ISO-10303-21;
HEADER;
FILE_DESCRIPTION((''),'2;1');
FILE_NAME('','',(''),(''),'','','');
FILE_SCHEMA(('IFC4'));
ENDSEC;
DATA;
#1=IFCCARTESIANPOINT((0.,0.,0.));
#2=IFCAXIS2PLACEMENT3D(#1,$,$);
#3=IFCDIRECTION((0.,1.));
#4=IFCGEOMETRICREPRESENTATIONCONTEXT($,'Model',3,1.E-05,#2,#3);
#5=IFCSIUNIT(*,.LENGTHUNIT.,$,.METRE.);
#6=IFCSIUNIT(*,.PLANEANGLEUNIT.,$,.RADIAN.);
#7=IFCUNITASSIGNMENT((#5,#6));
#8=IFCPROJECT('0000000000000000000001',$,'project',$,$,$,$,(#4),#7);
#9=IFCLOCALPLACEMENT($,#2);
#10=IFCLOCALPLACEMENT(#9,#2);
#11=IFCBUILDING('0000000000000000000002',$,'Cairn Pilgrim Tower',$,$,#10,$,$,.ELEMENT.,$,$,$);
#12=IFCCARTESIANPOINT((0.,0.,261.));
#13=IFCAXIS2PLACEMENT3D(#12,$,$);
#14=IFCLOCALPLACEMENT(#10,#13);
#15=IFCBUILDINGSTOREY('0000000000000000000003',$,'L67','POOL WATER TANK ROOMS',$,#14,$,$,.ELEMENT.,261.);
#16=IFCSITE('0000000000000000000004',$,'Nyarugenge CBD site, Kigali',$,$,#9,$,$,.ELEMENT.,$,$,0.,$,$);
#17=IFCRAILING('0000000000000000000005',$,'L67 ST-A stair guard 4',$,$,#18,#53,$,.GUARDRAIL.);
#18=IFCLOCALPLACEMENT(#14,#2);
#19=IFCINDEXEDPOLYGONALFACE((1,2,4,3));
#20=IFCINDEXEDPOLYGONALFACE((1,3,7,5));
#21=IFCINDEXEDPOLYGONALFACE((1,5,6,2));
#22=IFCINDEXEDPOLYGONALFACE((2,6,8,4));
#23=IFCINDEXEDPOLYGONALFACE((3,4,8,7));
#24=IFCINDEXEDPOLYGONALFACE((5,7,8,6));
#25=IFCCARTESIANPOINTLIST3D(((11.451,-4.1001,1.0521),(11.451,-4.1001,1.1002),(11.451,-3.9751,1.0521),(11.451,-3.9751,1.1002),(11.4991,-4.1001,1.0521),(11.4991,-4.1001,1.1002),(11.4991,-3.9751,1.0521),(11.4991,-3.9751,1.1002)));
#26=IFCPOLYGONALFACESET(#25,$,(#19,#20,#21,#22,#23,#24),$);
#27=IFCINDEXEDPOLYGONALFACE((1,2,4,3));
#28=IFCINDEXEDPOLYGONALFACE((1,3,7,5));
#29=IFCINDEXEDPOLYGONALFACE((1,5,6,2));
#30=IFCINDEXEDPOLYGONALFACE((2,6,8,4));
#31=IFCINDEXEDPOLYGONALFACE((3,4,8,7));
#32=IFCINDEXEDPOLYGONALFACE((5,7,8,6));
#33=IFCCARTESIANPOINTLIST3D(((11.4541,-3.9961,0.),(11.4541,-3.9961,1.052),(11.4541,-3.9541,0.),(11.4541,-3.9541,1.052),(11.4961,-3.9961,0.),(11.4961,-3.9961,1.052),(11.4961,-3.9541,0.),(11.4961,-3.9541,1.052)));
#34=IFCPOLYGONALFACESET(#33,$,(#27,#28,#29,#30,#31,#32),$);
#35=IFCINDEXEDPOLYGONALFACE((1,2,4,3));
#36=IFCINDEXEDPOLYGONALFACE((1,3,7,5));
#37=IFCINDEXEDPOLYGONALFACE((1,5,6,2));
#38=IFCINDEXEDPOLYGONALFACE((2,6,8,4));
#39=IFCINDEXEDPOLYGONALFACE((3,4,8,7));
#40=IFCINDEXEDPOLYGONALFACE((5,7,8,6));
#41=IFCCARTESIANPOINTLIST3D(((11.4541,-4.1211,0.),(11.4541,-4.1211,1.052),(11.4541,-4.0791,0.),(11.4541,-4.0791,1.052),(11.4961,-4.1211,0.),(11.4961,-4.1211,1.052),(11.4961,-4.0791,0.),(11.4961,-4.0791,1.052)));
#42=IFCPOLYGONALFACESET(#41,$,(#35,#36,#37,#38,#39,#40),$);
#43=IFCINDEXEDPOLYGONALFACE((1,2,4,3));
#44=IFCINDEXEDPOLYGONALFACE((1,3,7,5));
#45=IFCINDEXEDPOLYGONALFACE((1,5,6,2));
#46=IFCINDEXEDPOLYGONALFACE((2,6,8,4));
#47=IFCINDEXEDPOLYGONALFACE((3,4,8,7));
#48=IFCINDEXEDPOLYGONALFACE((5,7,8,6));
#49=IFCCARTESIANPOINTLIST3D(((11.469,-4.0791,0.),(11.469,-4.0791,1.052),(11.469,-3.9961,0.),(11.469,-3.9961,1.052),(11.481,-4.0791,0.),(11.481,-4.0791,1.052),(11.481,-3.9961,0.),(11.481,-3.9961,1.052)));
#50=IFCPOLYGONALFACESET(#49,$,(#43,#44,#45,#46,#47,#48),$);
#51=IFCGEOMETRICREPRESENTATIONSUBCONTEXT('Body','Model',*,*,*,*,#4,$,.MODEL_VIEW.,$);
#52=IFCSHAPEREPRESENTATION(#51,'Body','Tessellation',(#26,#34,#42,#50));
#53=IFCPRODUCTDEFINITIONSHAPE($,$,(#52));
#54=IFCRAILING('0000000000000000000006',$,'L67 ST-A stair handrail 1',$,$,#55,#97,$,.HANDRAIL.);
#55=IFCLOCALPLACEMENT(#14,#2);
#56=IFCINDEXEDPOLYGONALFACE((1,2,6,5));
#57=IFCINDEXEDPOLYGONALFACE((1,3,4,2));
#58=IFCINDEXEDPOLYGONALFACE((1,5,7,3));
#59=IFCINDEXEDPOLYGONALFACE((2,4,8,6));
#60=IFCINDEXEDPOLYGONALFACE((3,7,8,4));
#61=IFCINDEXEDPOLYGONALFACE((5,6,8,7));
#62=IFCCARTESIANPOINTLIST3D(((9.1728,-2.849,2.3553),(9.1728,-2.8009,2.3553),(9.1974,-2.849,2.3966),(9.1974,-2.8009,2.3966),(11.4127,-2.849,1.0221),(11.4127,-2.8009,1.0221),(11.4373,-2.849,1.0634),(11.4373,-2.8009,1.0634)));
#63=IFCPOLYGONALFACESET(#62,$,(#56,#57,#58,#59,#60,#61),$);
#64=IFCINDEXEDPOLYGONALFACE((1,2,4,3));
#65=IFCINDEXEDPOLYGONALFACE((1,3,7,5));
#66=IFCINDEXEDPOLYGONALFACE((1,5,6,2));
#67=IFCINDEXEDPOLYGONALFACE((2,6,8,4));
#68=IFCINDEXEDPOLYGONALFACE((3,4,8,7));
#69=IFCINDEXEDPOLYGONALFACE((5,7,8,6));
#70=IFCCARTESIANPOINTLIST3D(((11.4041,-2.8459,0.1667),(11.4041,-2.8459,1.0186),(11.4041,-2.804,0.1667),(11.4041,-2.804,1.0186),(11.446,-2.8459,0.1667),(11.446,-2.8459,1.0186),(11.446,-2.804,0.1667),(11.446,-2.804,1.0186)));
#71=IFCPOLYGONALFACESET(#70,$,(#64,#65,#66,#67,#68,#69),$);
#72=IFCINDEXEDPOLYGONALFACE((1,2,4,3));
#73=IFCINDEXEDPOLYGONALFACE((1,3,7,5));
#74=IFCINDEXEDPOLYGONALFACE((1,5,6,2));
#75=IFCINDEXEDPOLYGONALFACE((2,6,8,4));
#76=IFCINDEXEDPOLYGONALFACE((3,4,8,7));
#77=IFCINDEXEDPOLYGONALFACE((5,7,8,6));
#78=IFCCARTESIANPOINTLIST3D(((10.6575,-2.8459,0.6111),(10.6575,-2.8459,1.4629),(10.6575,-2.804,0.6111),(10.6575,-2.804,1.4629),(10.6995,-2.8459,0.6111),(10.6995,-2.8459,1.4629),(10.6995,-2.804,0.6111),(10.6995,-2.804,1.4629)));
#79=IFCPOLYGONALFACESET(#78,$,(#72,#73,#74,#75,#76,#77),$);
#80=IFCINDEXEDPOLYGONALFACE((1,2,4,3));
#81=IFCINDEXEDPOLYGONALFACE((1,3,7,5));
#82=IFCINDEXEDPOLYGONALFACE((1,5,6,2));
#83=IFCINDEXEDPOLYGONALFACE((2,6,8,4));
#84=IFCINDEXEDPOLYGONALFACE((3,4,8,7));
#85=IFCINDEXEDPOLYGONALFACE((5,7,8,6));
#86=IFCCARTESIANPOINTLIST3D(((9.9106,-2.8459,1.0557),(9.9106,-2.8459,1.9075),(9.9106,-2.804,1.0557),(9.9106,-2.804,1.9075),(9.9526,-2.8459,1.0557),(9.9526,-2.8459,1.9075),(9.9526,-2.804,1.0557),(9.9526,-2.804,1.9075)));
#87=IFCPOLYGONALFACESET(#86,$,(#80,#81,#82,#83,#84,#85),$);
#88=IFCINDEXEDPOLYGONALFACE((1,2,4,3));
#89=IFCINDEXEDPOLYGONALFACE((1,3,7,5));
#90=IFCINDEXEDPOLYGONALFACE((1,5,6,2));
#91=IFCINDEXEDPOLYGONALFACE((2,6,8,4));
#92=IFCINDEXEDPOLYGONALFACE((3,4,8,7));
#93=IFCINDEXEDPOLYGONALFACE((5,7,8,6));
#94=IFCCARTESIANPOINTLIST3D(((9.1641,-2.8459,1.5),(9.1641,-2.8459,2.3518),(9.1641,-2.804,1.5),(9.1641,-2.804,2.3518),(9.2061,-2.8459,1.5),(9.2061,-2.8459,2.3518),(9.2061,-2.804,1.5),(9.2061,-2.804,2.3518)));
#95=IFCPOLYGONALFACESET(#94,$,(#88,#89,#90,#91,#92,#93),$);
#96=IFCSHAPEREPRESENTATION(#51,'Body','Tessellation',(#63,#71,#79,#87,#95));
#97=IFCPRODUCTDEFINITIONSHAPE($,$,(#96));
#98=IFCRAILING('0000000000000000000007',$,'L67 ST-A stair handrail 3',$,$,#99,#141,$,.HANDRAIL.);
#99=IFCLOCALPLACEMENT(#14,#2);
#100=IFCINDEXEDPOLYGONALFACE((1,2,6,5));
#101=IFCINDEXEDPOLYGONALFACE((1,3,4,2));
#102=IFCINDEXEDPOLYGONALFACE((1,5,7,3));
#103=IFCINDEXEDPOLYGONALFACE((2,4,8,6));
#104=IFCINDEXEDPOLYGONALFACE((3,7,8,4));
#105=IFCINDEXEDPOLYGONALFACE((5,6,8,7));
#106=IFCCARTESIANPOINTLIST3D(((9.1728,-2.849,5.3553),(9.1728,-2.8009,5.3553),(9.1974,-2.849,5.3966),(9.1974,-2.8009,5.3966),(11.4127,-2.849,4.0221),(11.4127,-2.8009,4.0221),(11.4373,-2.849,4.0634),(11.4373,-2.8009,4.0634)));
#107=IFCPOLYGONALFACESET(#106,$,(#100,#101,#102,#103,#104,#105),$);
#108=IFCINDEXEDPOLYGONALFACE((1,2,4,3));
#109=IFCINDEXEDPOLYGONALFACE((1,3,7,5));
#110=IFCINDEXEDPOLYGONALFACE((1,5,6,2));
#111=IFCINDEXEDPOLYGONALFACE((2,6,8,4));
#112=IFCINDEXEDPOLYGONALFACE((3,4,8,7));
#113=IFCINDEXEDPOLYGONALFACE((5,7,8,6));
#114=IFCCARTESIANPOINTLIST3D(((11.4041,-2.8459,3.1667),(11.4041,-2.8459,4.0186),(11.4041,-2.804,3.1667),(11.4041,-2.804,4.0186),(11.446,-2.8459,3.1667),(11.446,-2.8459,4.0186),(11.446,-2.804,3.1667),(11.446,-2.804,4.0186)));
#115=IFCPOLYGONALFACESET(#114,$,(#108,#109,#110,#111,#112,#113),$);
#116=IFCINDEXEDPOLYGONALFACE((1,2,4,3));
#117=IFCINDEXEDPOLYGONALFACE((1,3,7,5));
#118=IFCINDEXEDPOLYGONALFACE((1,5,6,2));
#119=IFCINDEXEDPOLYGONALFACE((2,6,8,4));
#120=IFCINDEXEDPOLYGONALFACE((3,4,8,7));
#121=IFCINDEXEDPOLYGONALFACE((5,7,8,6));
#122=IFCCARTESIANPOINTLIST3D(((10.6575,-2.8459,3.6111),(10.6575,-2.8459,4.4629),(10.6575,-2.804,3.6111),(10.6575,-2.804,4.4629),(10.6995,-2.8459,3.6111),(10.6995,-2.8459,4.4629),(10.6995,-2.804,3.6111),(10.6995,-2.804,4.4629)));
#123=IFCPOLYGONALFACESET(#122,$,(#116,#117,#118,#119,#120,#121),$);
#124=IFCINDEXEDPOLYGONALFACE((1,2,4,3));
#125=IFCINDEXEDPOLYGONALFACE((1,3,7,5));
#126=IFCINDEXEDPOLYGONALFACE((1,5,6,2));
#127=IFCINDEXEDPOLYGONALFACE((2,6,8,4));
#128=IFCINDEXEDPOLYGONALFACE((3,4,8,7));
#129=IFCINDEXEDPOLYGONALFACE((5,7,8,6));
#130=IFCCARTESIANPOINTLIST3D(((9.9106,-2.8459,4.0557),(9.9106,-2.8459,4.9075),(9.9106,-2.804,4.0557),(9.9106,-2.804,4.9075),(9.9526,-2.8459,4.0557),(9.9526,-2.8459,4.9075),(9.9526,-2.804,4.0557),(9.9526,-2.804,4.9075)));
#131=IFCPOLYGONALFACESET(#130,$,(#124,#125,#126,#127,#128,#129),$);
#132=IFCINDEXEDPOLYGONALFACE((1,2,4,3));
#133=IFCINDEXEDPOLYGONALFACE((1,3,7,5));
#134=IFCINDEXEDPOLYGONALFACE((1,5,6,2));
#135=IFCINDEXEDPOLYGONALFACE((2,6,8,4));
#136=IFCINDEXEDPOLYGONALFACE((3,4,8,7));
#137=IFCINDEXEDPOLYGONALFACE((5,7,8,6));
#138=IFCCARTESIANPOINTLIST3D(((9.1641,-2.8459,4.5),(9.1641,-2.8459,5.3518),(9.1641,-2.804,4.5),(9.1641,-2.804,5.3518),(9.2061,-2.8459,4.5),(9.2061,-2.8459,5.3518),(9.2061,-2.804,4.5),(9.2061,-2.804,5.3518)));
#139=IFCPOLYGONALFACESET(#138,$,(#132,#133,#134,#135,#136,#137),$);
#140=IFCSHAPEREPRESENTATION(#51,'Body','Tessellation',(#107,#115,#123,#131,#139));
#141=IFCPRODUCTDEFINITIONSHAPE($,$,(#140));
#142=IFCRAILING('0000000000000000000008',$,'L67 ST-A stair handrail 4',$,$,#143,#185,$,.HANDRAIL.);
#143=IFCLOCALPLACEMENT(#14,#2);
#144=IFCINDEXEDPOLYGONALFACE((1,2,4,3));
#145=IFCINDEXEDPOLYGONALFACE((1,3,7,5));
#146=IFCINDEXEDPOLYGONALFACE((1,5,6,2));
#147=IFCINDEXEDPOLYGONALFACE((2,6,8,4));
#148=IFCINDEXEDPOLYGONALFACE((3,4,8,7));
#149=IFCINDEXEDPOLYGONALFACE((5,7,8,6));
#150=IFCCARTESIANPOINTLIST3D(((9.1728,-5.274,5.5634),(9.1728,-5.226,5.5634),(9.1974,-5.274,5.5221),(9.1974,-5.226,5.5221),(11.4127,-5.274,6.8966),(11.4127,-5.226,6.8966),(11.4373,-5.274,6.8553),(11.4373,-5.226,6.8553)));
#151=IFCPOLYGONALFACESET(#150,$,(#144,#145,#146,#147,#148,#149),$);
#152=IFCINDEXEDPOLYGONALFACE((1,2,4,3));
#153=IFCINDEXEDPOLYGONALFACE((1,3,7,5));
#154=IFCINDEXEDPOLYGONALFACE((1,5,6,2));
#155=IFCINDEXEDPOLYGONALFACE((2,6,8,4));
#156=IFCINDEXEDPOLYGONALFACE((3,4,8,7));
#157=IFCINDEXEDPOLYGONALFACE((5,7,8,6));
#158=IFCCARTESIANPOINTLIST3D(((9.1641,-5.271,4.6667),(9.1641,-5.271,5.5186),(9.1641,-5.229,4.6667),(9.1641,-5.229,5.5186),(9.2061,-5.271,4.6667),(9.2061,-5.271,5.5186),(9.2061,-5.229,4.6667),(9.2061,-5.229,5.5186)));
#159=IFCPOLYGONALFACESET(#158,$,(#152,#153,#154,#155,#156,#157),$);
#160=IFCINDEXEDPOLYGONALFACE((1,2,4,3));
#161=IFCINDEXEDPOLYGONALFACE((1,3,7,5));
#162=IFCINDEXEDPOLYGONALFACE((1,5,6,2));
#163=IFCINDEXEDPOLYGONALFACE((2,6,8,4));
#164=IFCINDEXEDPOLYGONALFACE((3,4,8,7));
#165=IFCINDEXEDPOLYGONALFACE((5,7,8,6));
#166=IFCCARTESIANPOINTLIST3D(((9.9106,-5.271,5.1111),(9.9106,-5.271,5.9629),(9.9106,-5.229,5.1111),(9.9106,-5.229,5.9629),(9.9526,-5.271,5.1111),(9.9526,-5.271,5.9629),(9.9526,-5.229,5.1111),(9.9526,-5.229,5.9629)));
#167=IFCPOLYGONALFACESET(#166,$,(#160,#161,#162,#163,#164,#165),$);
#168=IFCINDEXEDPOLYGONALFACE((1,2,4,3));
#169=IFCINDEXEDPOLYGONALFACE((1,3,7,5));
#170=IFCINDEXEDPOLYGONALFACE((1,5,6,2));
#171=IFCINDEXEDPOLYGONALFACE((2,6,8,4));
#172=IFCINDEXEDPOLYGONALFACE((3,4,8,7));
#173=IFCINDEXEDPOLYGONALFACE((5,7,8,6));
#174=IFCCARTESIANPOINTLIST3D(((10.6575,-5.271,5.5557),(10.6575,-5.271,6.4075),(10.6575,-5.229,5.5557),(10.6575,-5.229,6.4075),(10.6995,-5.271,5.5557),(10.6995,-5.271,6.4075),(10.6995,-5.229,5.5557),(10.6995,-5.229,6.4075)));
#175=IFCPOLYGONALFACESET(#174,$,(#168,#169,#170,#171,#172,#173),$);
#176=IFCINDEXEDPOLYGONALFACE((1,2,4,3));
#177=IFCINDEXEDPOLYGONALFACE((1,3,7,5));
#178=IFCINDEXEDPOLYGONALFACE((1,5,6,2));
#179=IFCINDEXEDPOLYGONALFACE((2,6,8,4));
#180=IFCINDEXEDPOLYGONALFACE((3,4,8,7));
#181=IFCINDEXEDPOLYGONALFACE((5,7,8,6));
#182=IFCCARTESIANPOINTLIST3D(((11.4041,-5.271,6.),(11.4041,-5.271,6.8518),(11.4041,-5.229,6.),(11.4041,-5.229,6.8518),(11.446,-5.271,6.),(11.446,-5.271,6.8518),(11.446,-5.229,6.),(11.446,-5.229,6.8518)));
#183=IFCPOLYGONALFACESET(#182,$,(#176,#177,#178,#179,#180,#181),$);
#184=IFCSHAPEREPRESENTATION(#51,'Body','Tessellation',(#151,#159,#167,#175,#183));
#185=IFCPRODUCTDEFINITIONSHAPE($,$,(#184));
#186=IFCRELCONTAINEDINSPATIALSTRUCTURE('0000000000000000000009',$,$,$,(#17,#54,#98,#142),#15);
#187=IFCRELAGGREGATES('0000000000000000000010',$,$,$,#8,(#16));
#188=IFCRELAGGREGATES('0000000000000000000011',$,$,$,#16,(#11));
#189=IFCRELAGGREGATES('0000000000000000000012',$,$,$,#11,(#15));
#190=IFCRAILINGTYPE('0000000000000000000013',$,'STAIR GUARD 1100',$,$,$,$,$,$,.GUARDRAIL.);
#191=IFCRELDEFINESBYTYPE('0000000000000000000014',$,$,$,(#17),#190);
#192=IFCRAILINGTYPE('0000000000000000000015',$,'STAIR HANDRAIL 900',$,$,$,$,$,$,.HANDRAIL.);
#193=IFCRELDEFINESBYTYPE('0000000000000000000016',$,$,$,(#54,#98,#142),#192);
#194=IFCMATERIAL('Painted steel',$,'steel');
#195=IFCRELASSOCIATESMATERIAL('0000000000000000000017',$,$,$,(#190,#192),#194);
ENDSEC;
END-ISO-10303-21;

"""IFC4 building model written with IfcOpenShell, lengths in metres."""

from ifc_helpers import new_model, si_unit, direction, frame, origin, origin_2d, place, context, subcontext, project, spatial, polyline, rectangle, outline, extrude, material, type_object, element, save


model = new_model("IFC4")

# Units and contexts
model_context = context("Model", 3, precision=1e-05, world=origin(), true_north=direction((0.0, 1.0)))
body_context = subcontext(model_context, "Body", "Model", "MODEL_VIEW")
ifc_project = project(units=[si_unit("LENGTHUNIT", "METRE"), si_unit("PLANEANGLEUNIT", "RADIAN")], contexts=[model_context])

# Site, building, storey
site_placement = place(None, origin())
site = spatial("IfcSite", under=ifc_project, at=site_placement, Name="Nyarugenge CBD site, Kigali", CompositionType="ELEMENT", RefElevation=0.0)
building_placement = place(site_placement, origin())
building = spatial("IfcBuilding", under=site, at=building_placement, Name="Cairn Pilgrim Tower", CompositionType="ELEMENT")
storey_placement = place(building_placement, frame((0.0, 0.0, 261.0)))
storey = spatial("IfcBuildingStorey", under=building, at=storey_placement, Name="L67", Description="POOL WATER TANK ROOMS", CompositionType="ELEMENT", Elevation=261.0)

# Shared definitions
ifc_material_1 = material(Name="Painted steel", Category="steel")

# Railings
railing_type_1 = type_object("IfcRailingType", Name="STAIR GUARD 1100", PredefinedType="GUARDRAIL", material=ifc_material_1)
railing_1_placement = place(storey_placement, frame((11.4751, -3.9751, 0.0)))
element("IfcRailing", 1, at=railing_1_placement, inside=storey, type_object=railing_type_1, Name="L67 ST-A stair guard 4", PredefinedType="GUARDRAIL", context=body_context, shape_type="SweptSolid", body=[
    extrude(rectangle(XDim=0.0481, YDim=0.0481, at=origin_2d()), frame((0.0, 0.0, 1.0762), z_axis=(0.0, -1.0, 0.0), x_axis=(1.0, 0.0, 0.0)), (0.0, 0.0, 1.0), 0.125),
    extrude(rectangle(XDim=0.042, YDim=0.042, at=origin_2d()), origin(), (0.0, 0.0, 1.0), 1.052),
    extrude(rectangle(XDim=0.042, YDim=0.042, at=origin_2d()), frame((0.0, -0.125, 0.0)), (0.0, 0.0, 1.0), 1.052),
    extrude(outline(polyline([(0.021, 0.0), (0.104, 0.0), (0.104, 1.052), (0.021, 1.052), (0.021, 0.0)])), frame((0.0059, 0.0, 0.0), z_axis=(-1.0, 0.0, 0.0), x_axis=(0.0, -1.0, 0.0)), (0.0, 0.0, 1.0), 0.012),
])
railing_type_2 = type_object("IfcRailingType", Name="STAIR HANDRAIL 900", PredefinedType="HANDRAIL", material=ifc_material_1)
for number, where, name in (
    (2, (11.425, -2.825, 0.1667), "L67 ST-A stair handrail 1"),
    (3, (11.425, -2.825, 3.1667), "L67 ST-A stair handrail 3"),
):
    element("IfcRailing", number, at=place(storey_placement, frame(where)), inside=storey, type_object=railing_type_2, Name=name, PredefinedType="HANDRAIL", context=body_context, shape_type="SweptSolid", body=[
        extrude(rectangle(XDim=0.0481, YDim=0.0481, at=origin_2d()), frame((0.0, 0.0, 0.876), z_axis=(-0.859306, 0.0, 0.511462), x_axis=(0.0, -1.0, 0.0)), (0.0, 0.0, 1.0), 2.6067),
        extrude(rectangle(XDim=0.042, YDim=0.042, at=origin_2d()), origin(), (0.0, 0.0, 1.0), 0.8518),
        extrude(rectangle(XDim=0.042, YDim=0.042, at=origin_2d()), frame((-0.7466, 0.0, 0.4443)), (0.0, 0.0, 1.0), 0.8518),
        extrude(rectangle(XDim=0.042, YDim=0.042, at=origin_2d()), frame((-1.4934, 0.0, 0.8889)), (0.0, 0.0, 1.0), 0.8518),
        extrude(rectangle(XDim=0.042, YDim=0.042, at=origin_2d()), frame((-2.24, 0.0, 1.3333)), (0.0, 0.0, 1.0), 0.8518),
    ])
railing_2_placement = place(storey_placement, frame((9.1851, -5.25, 4.6667)))
element("IfcRailing", 4, at=railing_2_placement, inside=storey, type_object=railing_type_2, Name="L67 ST-A stair handrail 4", PredefinedType="HANDRAIL", context=body_context, shape_type="SweptSolid", body=[
    extrude(rectangle(XDim=0.0481, YDim=0.0481, at=origin_2d()), frame((0.0, 0.0, 0.876), z_axis=(0.859306, 0.0, 0.511462), x_axis=(0.0, 1.0, 0.0)), (0.0, 0.0, 1.0), 2.6067),
    extrude(rectangle(XDim=0.042, YDim=0.042, at=origin_2d()), origin(), (0.0, 0.0, 1.0), 0.8518),
    extrude(rectangle(XDim=0.042, YDim=0.042, at=origin_2d()), frame((0.7466, 0.0, 0.4443)), (0.0, 0.0, 1.0), 0.8518),
    extrude(rectangle(XDim=0.042, YDim=0.042, at=origin_2d()), frame((1.4934, 0.0, 0.8889)), (0.0, 0.0, 1.0), 0.8518),
    extrude(rectangle(XDim=0.042, YDim=0.042, at=origin_2d()), frame((2.24, 0.0, 1.3333)), (0.0, 0.0, 1.0), 0.8518),
])

save(model, "model.ifc")
